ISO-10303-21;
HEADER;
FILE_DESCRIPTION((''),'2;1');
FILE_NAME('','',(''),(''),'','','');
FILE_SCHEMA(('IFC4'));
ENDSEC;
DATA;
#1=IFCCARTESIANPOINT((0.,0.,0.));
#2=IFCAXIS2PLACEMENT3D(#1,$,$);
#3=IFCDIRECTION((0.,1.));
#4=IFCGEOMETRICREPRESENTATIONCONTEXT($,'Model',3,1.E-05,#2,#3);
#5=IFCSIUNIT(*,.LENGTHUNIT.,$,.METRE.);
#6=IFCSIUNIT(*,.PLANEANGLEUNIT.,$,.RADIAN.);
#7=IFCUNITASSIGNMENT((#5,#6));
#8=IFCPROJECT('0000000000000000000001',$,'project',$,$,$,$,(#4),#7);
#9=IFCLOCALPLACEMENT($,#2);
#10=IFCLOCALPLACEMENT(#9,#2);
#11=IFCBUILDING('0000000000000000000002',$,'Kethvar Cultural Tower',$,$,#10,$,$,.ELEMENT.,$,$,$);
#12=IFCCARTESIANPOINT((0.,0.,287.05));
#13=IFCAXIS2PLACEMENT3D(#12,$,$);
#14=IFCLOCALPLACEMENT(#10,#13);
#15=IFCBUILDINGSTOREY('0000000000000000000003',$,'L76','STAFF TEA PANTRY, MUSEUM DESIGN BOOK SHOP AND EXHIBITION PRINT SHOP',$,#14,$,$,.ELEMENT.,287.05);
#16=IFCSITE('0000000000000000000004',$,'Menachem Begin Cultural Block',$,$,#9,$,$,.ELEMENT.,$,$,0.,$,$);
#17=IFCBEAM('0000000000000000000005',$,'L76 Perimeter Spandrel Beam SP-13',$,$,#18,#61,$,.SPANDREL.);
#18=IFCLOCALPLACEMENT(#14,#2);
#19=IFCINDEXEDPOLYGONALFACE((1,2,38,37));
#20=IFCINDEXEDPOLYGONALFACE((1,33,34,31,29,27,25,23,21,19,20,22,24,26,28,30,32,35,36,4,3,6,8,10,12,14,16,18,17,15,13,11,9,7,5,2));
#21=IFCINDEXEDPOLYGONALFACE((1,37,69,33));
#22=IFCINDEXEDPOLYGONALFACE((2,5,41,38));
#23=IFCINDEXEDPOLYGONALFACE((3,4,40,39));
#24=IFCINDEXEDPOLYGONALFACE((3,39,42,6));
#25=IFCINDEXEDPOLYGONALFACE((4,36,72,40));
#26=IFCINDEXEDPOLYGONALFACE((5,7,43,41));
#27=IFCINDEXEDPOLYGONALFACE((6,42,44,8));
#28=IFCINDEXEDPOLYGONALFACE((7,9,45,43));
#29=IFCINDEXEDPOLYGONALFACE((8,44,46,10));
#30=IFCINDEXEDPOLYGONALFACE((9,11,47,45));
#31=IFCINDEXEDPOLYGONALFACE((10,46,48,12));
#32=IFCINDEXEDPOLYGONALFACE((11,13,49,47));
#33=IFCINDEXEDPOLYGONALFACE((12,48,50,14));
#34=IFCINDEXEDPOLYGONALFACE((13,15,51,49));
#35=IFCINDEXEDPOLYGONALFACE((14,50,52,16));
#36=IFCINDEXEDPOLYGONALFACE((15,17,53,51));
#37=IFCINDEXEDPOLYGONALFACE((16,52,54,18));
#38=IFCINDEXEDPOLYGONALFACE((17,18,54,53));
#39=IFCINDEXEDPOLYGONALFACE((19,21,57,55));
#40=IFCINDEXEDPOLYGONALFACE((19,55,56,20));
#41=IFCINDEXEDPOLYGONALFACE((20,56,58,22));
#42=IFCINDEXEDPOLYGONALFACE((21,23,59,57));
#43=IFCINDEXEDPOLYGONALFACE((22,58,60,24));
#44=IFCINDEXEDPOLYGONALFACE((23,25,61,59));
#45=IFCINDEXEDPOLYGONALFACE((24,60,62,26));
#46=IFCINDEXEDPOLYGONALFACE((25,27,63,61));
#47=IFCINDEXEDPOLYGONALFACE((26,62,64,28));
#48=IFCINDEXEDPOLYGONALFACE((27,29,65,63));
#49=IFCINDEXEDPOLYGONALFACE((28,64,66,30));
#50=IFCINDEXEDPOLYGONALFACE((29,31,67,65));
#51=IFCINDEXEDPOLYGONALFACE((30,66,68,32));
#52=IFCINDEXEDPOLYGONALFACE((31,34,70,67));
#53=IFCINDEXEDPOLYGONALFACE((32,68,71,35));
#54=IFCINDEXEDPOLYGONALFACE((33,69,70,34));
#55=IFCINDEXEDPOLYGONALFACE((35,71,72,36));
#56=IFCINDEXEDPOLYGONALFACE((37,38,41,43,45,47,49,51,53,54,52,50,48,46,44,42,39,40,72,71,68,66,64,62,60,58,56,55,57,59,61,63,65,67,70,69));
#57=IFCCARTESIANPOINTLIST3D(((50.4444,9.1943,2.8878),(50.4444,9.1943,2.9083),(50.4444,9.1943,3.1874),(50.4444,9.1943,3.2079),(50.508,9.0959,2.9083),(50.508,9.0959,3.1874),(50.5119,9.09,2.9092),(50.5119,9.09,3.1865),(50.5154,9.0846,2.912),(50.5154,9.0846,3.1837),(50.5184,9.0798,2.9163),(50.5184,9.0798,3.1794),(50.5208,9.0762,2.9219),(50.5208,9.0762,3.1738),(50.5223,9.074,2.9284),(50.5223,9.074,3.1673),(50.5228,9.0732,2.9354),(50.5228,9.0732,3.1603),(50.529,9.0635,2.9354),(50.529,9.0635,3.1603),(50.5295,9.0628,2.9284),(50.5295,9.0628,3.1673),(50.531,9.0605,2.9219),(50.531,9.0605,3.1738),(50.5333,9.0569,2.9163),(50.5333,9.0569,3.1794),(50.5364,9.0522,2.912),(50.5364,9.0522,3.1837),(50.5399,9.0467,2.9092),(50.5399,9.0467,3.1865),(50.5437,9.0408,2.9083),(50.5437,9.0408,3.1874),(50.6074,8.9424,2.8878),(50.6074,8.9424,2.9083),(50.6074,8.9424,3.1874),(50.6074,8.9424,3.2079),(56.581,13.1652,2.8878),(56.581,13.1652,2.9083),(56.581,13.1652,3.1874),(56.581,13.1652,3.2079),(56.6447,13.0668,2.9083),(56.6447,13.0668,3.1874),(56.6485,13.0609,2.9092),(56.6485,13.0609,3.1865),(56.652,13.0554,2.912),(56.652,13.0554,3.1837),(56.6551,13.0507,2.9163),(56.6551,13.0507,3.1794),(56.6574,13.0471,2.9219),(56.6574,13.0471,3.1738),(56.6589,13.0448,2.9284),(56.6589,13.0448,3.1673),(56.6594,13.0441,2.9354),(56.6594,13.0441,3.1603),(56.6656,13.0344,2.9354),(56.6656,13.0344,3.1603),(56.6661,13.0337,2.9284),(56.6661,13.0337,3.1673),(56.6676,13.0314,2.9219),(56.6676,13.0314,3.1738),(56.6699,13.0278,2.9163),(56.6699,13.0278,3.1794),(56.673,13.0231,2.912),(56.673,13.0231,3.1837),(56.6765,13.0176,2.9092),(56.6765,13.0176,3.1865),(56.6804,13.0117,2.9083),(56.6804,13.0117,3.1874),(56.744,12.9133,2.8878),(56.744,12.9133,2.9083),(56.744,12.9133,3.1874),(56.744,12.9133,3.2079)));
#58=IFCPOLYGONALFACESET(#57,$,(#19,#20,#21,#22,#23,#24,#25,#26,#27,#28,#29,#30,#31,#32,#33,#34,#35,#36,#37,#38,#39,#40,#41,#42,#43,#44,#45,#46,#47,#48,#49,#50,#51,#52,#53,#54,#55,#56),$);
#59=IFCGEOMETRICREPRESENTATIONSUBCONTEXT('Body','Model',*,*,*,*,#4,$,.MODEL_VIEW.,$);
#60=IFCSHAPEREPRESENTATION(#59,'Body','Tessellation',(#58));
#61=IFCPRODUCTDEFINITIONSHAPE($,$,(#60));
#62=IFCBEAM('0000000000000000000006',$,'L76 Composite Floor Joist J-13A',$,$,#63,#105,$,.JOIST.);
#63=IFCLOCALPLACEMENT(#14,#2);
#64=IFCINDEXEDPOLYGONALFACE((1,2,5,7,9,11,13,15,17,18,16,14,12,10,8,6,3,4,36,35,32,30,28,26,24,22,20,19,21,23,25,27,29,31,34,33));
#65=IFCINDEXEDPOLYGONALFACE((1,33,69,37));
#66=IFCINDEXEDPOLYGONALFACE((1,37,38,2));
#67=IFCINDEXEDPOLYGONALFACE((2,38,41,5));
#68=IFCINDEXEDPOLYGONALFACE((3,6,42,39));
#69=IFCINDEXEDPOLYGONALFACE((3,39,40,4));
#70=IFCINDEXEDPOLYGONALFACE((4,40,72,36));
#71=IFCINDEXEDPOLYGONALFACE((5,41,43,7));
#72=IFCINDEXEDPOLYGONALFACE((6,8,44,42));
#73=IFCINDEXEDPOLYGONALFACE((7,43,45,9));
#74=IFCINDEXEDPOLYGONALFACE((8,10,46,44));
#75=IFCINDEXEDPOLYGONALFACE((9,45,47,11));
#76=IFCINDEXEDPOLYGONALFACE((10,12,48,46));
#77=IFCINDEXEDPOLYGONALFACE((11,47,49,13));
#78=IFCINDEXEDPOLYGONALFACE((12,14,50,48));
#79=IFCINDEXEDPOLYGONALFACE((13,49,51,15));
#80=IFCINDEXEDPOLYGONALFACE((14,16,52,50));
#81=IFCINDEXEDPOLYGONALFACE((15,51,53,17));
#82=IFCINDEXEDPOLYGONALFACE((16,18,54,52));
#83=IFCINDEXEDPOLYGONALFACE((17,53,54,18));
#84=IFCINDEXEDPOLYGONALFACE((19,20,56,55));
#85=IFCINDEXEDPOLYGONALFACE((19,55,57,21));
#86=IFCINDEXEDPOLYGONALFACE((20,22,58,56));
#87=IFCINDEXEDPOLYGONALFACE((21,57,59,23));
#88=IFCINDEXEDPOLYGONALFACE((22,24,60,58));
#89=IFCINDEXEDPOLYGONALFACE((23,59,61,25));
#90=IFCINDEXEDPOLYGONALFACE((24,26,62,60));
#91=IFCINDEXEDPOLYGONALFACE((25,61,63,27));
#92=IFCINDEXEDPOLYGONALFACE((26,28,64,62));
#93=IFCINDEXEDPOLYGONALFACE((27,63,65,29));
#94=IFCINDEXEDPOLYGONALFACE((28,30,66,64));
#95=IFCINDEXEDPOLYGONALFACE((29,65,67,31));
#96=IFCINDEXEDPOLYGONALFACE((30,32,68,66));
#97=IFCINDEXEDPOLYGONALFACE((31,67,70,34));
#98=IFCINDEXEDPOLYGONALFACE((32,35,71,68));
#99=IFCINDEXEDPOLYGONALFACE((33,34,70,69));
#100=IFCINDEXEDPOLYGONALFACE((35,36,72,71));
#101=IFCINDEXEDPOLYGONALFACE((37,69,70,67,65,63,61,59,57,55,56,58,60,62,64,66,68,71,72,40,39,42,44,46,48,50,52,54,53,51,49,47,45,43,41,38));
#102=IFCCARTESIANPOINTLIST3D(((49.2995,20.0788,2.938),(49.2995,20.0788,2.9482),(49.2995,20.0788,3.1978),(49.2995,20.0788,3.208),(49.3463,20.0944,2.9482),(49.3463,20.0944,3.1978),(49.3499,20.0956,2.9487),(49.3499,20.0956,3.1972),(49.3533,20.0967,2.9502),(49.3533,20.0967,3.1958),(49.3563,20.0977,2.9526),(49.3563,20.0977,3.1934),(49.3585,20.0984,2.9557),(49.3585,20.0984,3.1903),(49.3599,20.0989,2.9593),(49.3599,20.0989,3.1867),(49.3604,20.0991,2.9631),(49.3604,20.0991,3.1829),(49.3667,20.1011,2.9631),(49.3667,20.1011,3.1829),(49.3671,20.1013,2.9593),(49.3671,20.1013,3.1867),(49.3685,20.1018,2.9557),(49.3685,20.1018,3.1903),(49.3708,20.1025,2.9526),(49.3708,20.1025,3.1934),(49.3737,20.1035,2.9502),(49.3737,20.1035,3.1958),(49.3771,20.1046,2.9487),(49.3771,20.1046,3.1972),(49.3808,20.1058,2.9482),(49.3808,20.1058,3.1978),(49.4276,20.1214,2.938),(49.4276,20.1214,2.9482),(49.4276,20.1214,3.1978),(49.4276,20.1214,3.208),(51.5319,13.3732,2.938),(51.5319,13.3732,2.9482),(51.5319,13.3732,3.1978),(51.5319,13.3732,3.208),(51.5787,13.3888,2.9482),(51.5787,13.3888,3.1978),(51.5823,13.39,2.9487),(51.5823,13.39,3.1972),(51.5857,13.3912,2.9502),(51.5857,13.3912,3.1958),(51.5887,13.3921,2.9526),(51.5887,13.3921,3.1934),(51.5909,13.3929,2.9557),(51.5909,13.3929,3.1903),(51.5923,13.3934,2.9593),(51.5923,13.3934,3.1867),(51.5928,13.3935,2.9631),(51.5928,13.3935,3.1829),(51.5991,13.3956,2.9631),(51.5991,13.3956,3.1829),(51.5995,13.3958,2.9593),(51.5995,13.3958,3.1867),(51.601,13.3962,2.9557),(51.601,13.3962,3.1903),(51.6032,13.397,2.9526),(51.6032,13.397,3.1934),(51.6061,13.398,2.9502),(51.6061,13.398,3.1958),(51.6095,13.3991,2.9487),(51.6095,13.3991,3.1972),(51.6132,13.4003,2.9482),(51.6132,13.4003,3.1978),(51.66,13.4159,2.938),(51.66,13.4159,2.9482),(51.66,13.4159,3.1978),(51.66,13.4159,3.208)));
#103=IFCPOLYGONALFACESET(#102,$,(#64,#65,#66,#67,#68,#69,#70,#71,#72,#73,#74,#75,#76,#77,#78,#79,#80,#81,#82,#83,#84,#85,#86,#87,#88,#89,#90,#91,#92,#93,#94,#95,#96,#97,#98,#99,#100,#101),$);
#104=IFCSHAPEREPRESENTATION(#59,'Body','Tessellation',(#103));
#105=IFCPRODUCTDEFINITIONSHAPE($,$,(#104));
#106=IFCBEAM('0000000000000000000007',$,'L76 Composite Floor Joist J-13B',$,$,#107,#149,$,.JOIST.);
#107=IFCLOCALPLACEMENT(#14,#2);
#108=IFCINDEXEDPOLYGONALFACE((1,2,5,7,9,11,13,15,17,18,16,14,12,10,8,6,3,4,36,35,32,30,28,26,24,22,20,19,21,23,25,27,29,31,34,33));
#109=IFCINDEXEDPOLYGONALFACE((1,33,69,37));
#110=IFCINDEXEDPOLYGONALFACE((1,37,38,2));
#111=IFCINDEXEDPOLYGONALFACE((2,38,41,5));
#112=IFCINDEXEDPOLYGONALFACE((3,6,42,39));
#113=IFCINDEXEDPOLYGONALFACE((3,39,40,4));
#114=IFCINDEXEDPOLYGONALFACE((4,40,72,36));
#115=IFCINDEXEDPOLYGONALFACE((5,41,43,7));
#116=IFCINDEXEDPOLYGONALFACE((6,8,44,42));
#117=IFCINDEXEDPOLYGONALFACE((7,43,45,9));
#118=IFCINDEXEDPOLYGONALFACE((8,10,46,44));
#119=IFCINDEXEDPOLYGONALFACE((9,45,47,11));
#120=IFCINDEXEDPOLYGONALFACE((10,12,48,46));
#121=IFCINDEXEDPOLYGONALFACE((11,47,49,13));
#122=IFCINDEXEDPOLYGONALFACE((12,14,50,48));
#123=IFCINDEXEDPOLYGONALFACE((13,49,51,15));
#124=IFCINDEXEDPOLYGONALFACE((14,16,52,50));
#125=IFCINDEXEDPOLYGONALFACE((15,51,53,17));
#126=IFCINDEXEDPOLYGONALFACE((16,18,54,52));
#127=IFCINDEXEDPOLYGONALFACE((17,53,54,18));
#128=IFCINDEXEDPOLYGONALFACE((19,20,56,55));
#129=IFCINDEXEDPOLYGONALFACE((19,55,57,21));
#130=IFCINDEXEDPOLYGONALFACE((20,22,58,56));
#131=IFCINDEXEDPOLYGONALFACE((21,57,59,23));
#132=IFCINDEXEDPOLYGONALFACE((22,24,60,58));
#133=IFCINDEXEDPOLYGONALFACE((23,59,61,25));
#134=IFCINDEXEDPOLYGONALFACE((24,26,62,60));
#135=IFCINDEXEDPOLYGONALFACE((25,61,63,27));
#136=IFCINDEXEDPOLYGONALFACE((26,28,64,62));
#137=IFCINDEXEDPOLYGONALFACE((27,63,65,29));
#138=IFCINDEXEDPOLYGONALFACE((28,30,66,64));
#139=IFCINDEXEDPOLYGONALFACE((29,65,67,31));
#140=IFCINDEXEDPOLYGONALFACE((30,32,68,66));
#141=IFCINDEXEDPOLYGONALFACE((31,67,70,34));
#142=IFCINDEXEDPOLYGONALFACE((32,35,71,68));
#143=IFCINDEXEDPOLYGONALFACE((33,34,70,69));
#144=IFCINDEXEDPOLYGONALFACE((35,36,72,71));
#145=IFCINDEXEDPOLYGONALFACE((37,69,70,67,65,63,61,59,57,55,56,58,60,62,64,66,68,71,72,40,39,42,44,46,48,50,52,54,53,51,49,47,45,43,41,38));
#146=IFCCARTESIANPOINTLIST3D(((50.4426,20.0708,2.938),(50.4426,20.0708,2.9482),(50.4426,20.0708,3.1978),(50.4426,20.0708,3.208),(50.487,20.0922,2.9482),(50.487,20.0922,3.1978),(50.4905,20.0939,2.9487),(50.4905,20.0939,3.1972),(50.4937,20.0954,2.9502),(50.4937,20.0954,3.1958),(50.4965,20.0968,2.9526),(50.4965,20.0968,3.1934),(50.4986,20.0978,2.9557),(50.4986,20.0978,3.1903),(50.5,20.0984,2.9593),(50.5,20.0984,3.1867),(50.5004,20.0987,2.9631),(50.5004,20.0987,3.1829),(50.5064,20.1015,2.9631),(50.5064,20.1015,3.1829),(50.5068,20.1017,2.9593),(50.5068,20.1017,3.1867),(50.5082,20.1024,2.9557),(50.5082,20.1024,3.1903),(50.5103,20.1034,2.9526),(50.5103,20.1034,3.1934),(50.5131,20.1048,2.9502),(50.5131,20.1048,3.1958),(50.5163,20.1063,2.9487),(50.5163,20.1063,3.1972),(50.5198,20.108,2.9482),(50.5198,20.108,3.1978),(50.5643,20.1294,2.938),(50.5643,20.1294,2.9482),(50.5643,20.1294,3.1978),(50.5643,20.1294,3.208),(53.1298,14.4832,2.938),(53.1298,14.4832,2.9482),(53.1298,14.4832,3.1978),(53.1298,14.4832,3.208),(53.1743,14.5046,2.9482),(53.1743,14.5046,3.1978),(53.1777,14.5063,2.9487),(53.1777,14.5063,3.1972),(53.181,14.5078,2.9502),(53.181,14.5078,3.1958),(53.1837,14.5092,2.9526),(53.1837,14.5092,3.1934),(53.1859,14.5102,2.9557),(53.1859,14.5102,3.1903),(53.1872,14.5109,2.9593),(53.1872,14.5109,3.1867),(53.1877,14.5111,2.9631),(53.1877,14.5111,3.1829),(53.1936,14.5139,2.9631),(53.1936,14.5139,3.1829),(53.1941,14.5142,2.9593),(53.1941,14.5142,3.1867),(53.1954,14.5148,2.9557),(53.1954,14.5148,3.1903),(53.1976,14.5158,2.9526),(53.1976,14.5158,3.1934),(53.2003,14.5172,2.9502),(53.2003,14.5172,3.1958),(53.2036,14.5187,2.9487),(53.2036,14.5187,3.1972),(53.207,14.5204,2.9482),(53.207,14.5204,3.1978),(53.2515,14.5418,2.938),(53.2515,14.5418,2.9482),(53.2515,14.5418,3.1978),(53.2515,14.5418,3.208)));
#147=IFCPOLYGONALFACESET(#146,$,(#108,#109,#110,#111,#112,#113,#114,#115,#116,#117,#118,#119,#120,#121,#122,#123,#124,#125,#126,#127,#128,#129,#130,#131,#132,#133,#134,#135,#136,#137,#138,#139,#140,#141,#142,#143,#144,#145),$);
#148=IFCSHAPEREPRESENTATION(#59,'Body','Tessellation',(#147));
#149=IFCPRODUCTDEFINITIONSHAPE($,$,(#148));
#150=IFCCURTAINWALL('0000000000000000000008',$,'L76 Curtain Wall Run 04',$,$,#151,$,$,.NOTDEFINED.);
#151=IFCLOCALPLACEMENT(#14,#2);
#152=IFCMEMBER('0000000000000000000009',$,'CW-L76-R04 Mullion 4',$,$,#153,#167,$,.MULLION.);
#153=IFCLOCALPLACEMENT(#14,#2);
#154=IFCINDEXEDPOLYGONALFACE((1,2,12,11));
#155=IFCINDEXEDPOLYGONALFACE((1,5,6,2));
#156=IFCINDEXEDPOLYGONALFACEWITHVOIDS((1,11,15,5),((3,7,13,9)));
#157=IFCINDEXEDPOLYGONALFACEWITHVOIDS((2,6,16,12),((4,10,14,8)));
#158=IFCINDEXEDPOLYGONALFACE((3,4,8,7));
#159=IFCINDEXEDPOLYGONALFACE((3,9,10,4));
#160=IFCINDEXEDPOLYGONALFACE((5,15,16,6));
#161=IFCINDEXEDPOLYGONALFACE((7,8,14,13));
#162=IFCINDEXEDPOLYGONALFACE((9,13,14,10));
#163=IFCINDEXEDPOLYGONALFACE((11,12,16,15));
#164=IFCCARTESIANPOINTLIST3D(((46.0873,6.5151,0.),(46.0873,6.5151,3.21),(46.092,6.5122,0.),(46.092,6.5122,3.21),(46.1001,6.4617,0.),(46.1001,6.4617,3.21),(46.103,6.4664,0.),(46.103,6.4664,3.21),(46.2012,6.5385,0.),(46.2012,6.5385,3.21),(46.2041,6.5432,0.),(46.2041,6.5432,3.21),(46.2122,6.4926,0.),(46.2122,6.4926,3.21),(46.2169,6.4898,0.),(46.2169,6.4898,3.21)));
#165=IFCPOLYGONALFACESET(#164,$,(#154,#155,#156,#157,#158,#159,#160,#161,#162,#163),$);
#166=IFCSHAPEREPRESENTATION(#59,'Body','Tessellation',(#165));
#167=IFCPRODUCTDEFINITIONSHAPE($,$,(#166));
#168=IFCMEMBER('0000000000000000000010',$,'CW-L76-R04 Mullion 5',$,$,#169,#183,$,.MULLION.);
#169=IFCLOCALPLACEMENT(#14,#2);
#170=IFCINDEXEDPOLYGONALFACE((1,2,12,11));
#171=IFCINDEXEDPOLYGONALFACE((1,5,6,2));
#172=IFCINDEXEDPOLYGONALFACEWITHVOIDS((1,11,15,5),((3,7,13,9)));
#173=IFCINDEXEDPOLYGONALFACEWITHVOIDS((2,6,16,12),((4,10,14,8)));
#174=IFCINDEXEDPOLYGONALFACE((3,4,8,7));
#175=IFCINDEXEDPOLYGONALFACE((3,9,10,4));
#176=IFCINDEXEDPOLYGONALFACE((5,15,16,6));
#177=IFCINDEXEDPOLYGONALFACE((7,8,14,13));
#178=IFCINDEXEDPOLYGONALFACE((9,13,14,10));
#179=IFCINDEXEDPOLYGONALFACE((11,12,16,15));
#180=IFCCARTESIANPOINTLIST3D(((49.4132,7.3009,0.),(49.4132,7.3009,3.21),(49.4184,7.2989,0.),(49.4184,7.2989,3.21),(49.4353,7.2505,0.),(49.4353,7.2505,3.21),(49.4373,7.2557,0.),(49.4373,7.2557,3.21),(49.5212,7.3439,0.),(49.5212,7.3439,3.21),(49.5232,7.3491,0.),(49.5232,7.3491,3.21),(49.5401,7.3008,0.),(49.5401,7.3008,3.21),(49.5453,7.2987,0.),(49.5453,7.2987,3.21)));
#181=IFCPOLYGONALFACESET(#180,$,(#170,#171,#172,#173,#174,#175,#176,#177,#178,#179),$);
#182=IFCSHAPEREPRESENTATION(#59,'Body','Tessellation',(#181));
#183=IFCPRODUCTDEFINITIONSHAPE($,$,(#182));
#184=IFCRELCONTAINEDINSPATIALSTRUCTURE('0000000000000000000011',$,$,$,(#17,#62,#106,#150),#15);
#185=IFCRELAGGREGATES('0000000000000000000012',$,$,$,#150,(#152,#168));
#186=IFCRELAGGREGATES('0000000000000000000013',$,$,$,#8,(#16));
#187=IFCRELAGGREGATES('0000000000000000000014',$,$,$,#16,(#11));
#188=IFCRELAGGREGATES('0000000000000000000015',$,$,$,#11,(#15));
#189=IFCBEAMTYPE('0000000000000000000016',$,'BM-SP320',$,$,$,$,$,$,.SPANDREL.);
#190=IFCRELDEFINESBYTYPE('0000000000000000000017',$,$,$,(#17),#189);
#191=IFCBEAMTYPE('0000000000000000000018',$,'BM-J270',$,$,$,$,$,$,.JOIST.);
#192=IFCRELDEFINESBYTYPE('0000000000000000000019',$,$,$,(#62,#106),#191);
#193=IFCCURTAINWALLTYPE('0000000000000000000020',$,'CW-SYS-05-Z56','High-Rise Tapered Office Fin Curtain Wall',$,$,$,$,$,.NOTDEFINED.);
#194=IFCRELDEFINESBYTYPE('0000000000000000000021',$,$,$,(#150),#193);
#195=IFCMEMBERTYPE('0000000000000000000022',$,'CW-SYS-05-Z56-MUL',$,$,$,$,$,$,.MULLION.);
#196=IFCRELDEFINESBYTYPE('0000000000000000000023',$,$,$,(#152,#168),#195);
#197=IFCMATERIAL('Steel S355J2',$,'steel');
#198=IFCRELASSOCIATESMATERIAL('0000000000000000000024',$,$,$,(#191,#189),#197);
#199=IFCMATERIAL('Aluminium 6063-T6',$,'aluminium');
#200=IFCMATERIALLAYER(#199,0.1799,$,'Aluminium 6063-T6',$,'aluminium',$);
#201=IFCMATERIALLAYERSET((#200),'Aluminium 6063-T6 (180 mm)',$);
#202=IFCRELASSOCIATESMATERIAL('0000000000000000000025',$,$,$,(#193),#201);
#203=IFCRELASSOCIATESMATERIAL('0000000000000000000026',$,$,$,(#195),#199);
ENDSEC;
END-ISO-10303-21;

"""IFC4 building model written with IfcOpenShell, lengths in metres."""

from ifc_helpers import new_model, si_unit, direction, frame, origin, origin_2d, place, context, subcontext, project, spatial, hollow_rectangle, i_section, extrude, source, transform, mapped, material, layer, layer_set, material_profile, profile_set, type_object, element, aggregate, save


model = new_model("IFC4")

# Units and contexts
model_context = context("Model", 3, precision=1e-05, world=origin(), true_north=direction((0.0, 1.0)))
body_context = subcontext(model_context, "Body", "Model", "MODEL_VIEW")
ifc_project = project(units=[si_unit("LENGTHUNIT", "METRE"), si_unit("PLANEANGLEUNIT", "RADIAN")], contexts=[model_context])

# Site, building, storey
site_placement = place(None, origin())
site = spatial("IfcSite", under=ifc_project, at=site_placement, Name="Menachem Begin Cultural Block", CompositionType="ELEMENT", RefElevation=0.0)
building_placement = place(site_placement, origin())
building = spatial("IfcBuilding", under=site, at=building_placement, Name="Kethvar Cultural Tower", CompositionType="ELEMENT")
storey_placement = place(building_placement, frame((0.0, 0.0, 287.05)))
storey = spatial("IfcBuildingStorey", under=building, at=storey_placement, Name="L76", Description="STAFF TEA PANTRY, MUSEUM DESIGN BOOK SHOP AND EXHIBITION PRINT SHOP", CompositionType="ELEMENT", Elevation=287.05)

# Shared definitions
ifc_material_1 = material(Name="Steel S355J2", Category="steel")

# Beams
ifc_material_profile_1 = material_profile(ifc_material_1, i_section(OverallWidth=0.135, OverallDepth=0.27, WebThickness=0.0066, FlangeThickness=0.0103, FilletRadius=0.0149, at=origin_2d()), Name="Steel S355J2 — IPE270")
ifc_profile_set_1 = profile_set([ifc_material_profile_1], Name="Steel S355J2 — IPE270")
beam_type_1 = type_object("IfcBeamType", Name="BM-J270", PredefinedType="JOIST", material=ifc_profile_set_1)
ifc_material_profile_2 = material_profile(ifc_material_1, i_section(OverallWidth=0.3, OverallDepth=0.3201, WebThickness=0.0115, FlangeThickness=0.0205, FilletRadius=0.0271, at=origin_2d()), Name="Steel S355J2 — HEB320")
ifc_profile_set_2 = profile_set([ifc_material_profile_2], Name="Steel S355J2 — HEB320")
beam_type_2 = type_object("IfcBeamType", Name="BM-SP320", PredefinedType="SPANDREL", material=ifc_profile_set_2)
shared_shape_1 = source(origin(), body_context, "Body", "SweptSolid", [
    extrude(i_section(OverallWidth=0.3, OverallDepth=0.3201, WebThickness=0.0115, FlangeThickness=0.0205, FilletRadius=0.0271, at=origin_2d()), origin(), (0.0, 0.0, 1.0), 7.3093),
])
beam_1_placement = place(storey_placement, frame((50.5259, 9.0684, 3.0479), z_axis=(0.839562, 0.543264, 0.0), x_axis=(-0.543264, 0.839562, 0.0)))
element("IfcBeam", 1, at=beam_1_placement, inside=storey, type_object=beam_type_2, Name="L76 Perimeter Spandrel Beam SP-13", PredefinedType="SPANDREL", context=body_context, shape_type="MappedRepresentation", body=[
    mapped(shared_shape_1, transform((0.0, 0.0, 0.0), scale=1.0)),
])
shared_shape_2 = source(origin(), body_context, "Body", "SweptSolid", [
    extrude(i_section(OverallWidth=0.135, OverallDepth=0.27, WebThickness=0.0066, FlangeThickness=0.0103, FilletRadius=0.0149, at=origin_2d()), origin(), (0.0, 0.0, 1.0), 7.0674),
])
beam_2_placement = place(storey_placement, frame((49.3635, 20.1001, 3.073), z_axis=(0.315875, -0.948801, 0.0), x_axis=(0.948801, 0.315875, 0.0)))
element("IfcBeam", 2, at=beam_2_placement, inside=storey, type_object=beam_type_1, Name="L76 Composite Floor Joist J-13A", PredefinedType="JOIST", context=body_context, shape_type="MappedRepresentation", body=[
    mapped(shared_shape_2, transform((0.0, 0.0, 0.0), scale=1.0)),
])
shared_shape_3 = source(origin(), body_context, "Body", "SweptSolid", [
    extrude(i_section(OverallWidth=0.135, OverallDepth=0.27, WebThickness=0.0066, FlangeThickness=0.0103, FilletRadius=0.0149, at=origin_2d()), origin(), (0.0, 0.0, 1.0), 6.2002),
])
beam_3_placement = place(storey_placement, frame((50.5034, 20.1001, 3.073), z_axis=(0.433411, -0.901197, 0.0), x_axis=(0.901197, 0.433411, 0.0)))
element("IfcBeam", 3, at=beam_3_placement, inside=storey, type_object=beam_type_1, Name="L76 Composite Floor Joist J-13B", PredefinedType="JOIST", context=body_context, shape_type="MappedRepresentation", body=[
    mapped(shared_shape_3, transform((0.0, 0.0, 0.0), scale=1.0)),
])

# Curtain wall, members
ifc_material_2 = material(Name="Aluminium 6063-T6", Category="aluminium")
ifc_layer_1 = layer(ifc_material_2, 0.1799, Name="Aluminium 6063-T6", Category="aluminium")
ifc_layer_set_1 = layer_set([ifc_layer_1], Name="Aluminium 6063-T6 (180 mm)")
curtain_wall_type = type_object("IfcCurtainWallType", Name="CW-SYS-05-Z56", Description="High-Rise Tapered Office Fin Curtain Wall", PredefinedType="NOTDEFINED", material=ifc_layer_set_1)
curtain_wall_placement = place(storey_placement, origin())
curtain_wall = element("IfcCurtainWall", 4, at=curtain_wall_placement, inside=storey, type_object=curtain_wall_type, Name="L76 Curtain Wall Run 04", PredefinedType="NOTDEFINED")
ifc_material_profile_3 = material_profile(ifc_material_2, hollow_rectangle(XDim=0.0549, YDim=0.1201, WallThickness=0.0039, at=origin_2d()), Name="Aluminium 6063-T6 — RHS120x55x4")
ifc_profile_set_3 = profile_set([ifc_material_profile_3], Name="Aluminium 6063-T6 — RHS120x55x4")
member_type_1 = type_object("IfcMemberType", Name="CW-SYS-05-Z56-MUL", PredefinedType="MULLION", material=ifc_profile_set_3)
shared_shape_4 = source(origin(), body_context, "Body", "SweptSolid", [
    extrude(hollow_rectangle(XDim=0.0549, YDim=0.1201, WallThickness=0.0039, at=origin_2d()), origin(), (0.0, 0.0, 1.0), 3.21),
])
member_1_placement = place(storey_placement, frame((46.1521, 6.5024, 0.0), z_axis=(0.0, 0.0, 1.0), x_axis=(-0.233496, 0.972358, 0.0)))
member_1 = element("IfcMember", 5, at=member_1_placement, type_object=member_type_1, Name="CW-L76-R04 Mullion 4", PredefinedType="MULLION", context=body_context, shape_type="MappedRepresentation", body=[
    mapped(shared_shape_4, transform((0.0, 0.0, 0.0), scale=1.0)),
])
member_2_placement = place(storey_placement, frame((49.4792, 7.2998, 0.0), z_axis=(0.0, 0.0, 1.0), x_axis=(-0.401244, 0.915971, 0.0)))
member_2 = element("IfcMember", 6, at=member_2_placement, type_object=member_type_1, Name="CW-L76-R04 Mullion 5", PredefinedType="MULLION", context=body_context, shape_type="MappedRepresentation", body=[
    mapped(shared_shape_4, transform((0.0, 0.0, 0.0), scale=1.0)),
])
aggregate(curtain_wall, [member_1, member_2])

save(model, "model.ifc")
